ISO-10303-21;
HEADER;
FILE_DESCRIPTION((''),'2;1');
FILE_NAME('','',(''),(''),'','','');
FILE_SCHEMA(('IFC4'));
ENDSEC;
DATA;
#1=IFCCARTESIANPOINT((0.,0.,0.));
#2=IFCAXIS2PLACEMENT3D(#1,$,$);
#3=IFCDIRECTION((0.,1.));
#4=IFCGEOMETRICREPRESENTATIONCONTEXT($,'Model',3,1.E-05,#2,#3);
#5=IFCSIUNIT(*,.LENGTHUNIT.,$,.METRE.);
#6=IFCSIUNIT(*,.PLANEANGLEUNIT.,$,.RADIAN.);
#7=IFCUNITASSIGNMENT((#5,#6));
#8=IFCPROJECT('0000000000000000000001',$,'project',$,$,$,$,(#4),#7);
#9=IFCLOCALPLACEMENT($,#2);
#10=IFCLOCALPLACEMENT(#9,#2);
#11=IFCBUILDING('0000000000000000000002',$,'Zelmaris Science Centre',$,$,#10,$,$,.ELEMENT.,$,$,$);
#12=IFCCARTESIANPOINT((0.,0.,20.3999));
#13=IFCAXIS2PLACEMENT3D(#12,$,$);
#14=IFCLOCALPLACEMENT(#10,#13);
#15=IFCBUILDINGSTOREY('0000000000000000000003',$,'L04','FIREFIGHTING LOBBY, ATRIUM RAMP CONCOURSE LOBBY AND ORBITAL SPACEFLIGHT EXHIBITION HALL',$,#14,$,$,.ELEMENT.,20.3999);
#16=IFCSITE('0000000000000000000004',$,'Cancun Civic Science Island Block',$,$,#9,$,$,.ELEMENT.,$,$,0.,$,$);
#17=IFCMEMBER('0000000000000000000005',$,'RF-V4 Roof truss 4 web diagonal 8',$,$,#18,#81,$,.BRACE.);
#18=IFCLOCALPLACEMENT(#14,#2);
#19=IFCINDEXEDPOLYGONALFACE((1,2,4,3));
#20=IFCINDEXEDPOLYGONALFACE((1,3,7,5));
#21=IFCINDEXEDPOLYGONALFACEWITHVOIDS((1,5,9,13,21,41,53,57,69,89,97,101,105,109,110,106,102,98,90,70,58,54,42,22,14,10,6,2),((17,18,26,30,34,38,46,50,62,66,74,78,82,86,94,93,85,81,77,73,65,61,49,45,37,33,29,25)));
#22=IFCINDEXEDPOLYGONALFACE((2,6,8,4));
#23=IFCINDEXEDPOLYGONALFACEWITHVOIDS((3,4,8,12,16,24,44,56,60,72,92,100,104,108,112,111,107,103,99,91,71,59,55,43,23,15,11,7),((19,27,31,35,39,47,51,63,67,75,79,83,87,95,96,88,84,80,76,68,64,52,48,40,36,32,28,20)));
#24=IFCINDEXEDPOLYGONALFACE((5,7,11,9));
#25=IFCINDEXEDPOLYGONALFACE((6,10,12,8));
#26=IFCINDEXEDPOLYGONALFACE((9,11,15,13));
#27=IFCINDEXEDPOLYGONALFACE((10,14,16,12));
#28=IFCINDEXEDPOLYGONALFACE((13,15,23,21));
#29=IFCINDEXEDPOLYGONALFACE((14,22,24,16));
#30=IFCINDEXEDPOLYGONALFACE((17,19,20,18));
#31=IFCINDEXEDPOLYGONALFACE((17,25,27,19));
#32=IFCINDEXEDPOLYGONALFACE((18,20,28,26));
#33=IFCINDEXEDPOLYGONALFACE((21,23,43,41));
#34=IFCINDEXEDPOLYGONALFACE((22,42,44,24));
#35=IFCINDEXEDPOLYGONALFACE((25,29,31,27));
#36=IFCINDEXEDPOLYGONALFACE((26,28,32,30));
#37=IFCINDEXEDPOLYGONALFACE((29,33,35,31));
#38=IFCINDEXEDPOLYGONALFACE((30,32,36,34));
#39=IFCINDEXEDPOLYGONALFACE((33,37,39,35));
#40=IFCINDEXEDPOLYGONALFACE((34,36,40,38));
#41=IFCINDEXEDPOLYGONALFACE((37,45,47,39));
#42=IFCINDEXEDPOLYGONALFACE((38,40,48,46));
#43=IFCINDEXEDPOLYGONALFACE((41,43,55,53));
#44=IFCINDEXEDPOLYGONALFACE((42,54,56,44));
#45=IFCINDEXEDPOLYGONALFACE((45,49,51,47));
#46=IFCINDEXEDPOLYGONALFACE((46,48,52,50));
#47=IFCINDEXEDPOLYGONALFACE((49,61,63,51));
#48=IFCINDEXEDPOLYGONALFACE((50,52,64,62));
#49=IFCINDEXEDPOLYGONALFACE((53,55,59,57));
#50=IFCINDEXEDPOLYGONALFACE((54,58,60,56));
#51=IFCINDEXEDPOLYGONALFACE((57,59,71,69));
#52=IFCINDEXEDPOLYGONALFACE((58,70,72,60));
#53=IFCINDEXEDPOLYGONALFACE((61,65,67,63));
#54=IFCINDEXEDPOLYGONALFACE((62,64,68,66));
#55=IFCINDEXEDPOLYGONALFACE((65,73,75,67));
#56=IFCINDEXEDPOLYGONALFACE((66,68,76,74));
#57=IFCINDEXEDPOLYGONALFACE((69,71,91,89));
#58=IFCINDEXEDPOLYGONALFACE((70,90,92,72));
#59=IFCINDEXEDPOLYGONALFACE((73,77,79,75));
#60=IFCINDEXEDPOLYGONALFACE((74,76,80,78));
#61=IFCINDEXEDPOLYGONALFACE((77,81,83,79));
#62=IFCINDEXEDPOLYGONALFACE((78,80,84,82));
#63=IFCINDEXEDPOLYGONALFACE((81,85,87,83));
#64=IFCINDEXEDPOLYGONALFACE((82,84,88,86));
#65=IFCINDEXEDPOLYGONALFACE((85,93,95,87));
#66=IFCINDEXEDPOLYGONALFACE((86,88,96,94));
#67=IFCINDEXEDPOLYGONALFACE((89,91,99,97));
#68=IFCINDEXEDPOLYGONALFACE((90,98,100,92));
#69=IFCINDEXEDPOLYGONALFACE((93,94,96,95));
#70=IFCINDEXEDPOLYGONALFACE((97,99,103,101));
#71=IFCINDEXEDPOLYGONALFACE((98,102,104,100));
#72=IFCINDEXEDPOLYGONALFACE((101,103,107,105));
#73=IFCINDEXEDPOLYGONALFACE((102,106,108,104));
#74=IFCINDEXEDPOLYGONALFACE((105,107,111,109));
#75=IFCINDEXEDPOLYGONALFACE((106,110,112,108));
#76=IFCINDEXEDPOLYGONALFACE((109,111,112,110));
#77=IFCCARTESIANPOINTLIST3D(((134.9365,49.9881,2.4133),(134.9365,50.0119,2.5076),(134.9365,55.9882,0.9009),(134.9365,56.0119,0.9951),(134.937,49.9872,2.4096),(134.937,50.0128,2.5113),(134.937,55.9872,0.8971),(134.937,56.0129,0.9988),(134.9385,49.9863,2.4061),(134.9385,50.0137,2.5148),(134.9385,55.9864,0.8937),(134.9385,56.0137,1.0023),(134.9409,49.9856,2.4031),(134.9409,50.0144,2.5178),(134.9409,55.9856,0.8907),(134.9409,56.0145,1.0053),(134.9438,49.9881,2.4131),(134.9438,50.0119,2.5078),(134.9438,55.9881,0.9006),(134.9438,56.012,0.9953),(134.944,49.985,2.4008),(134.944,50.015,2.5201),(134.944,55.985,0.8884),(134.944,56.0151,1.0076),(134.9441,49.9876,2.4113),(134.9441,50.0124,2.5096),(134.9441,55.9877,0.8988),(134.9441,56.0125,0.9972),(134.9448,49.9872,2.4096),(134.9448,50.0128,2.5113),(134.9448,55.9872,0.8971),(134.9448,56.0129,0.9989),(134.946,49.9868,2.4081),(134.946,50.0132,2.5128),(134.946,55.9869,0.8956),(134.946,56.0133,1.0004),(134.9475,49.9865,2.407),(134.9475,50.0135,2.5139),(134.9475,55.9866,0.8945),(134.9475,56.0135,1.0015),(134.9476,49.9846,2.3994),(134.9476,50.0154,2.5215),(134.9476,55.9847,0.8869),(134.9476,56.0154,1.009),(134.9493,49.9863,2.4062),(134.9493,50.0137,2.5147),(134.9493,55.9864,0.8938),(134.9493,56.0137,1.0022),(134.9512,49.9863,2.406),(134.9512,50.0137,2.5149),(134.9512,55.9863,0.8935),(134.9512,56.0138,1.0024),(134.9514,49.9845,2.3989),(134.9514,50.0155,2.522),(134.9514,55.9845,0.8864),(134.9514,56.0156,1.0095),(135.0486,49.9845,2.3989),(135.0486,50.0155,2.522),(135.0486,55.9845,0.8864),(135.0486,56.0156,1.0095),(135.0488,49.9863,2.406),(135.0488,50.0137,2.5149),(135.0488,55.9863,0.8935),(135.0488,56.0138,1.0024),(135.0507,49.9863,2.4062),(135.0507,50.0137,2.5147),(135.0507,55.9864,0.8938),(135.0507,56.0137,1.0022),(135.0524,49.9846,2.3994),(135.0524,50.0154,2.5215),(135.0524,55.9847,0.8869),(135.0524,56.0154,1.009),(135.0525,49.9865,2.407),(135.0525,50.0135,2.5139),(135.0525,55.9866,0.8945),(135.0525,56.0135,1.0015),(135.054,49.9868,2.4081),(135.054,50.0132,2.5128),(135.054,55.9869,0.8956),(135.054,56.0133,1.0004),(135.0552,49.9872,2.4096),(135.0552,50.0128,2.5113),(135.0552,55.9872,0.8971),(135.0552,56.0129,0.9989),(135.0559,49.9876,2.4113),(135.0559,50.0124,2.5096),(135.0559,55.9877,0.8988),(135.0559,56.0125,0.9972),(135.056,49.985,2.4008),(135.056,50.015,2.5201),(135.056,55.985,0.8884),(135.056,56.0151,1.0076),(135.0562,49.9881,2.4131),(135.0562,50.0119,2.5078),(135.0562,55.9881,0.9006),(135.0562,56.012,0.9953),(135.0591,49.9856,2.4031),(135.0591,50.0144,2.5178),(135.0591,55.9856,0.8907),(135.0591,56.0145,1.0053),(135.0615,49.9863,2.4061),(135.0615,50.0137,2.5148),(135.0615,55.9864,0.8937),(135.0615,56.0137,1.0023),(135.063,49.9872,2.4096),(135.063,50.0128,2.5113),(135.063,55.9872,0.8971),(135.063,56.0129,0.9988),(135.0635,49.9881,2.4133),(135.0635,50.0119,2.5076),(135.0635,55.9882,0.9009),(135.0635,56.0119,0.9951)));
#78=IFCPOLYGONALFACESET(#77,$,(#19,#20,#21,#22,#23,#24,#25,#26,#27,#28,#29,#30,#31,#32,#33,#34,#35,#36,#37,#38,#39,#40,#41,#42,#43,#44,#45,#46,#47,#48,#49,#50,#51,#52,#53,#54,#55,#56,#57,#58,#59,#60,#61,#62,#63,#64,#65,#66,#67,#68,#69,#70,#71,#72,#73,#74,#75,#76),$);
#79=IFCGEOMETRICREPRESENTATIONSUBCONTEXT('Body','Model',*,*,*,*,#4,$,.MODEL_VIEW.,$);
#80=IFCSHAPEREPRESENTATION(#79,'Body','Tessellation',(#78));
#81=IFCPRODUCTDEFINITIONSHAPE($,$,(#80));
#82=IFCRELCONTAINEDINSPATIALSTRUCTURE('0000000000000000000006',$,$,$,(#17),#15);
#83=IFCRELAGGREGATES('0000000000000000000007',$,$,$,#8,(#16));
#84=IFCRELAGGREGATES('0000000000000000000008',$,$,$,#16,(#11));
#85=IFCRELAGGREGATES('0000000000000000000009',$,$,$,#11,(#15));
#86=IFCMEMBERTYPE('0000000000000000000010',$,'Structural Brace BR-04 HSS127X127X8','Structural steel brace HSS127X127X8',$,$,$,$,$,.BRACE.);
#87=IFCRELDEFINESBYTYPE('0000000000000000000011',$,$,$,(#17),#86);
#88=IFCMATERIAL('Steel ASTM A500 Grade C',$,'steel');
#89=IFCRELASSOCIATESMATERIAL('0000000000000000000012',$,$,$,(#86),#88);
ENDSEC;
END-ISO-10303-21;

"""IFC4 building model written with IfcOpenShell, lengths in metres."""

from ifc_helpers import new_model, si_unit, direction, frame, origin, origin_2d, place, context, subcontext, project, spatial, hollow_rectangle, extrude, material, material_profile, profile_set, type_object, element, save


model = new_model("IFC4")

# Units and contexts
model_context = context("Model", 3, precision=1e-05, world=origin(), true_north=direction((0.0, 1.0)))
body_context = subcontext(model_context, "Body", "Model", "MODEL_VIEW")
ifc_project = project(units=[si_unit("LENGTHUNIT", "METRE"), si_unit("PLANEANGLEUNIT", "RADIAN")], contexts=[model_context])

# Site, building, storey
site_placement = place(None, origin())
site = spatial("IfcSite", under=ifc_project, at=site_placement, Name="Cancun Civic Science Island Block", CompositionType="ELEMENT", RefElevation=0.0)
building_placement = place(site_placement, origin())
building = spatial("IfcBuilding", under=site, at=building_placement, Name="Zelmaris Science Centre", CompositionType="ELEMENT")
storey_placement = place(building_placement, frame((0.0, 0.0, 20.3999)))
storey = spatial("IfcBuildingStorey", under=building, at=storey_placement, Name="L04", Description="FIREFIGHTING LOBBY, ATRIUM RAMP CONCOURSE LOBBY AND ORBITAL SPACEFLIGHT EXHIBITION HALL", CompositionType="ELEMENT", Elevation=20.3999)

# Member
ifc_material_1 = material(Name="Steel ASTM A500 Grade C", Category="steel")
ifc_material_profile_1 = material_profile(ifc_material_1, hollow_rectangle(XDim=0.127, YDim=0.127, WallThickness=0.0073, InnerFilletRadius=0.0073, OuterFilletRadius=0.0149, at=origin_2d()), Name="HSS127X127X8")
ifc_profile_set_1 = profile_set([ifc_material_profile_1], Name="Steel ASTM A500 Grade C")
member_type_1 = type_object("IfcMemberType", Name="Structural Brace BR-04 HSS127X127X8", Description="Structural steel brace HSS127X127X8", PredefinedType="BRACE", material=ifc_profile_set_1)
for number, where, z_axis, x_axis, name in (
    (1, (135.0, 50.0, 2.4604), (0.0, 0.969667, -0.244429), (-1.0, 0.0, 0.0), "RF-V4 Roof truss 4 web diagonal 8"),
):
    element("IfcMember", number, at=place(storey_placement, frame(where, z_axis=z_axis, x_axis=x_axis)), inside=storey, type_object=member_type_1, Name=name, PredefinedType="BRACE", context=body_context, shape_type="SweptSolid", body=[
        extrude(hollow_rectangle(XDim=0.127, YDim=0.127, WallThickness=0.0073, InnerFilletRadius=0.0073, OuterFilletRadius=0.0149, at=origin_2d()), origin(), (0.0, 0.0, 1.0), 6.1877),
    ])

save(model, "model.ifc")
